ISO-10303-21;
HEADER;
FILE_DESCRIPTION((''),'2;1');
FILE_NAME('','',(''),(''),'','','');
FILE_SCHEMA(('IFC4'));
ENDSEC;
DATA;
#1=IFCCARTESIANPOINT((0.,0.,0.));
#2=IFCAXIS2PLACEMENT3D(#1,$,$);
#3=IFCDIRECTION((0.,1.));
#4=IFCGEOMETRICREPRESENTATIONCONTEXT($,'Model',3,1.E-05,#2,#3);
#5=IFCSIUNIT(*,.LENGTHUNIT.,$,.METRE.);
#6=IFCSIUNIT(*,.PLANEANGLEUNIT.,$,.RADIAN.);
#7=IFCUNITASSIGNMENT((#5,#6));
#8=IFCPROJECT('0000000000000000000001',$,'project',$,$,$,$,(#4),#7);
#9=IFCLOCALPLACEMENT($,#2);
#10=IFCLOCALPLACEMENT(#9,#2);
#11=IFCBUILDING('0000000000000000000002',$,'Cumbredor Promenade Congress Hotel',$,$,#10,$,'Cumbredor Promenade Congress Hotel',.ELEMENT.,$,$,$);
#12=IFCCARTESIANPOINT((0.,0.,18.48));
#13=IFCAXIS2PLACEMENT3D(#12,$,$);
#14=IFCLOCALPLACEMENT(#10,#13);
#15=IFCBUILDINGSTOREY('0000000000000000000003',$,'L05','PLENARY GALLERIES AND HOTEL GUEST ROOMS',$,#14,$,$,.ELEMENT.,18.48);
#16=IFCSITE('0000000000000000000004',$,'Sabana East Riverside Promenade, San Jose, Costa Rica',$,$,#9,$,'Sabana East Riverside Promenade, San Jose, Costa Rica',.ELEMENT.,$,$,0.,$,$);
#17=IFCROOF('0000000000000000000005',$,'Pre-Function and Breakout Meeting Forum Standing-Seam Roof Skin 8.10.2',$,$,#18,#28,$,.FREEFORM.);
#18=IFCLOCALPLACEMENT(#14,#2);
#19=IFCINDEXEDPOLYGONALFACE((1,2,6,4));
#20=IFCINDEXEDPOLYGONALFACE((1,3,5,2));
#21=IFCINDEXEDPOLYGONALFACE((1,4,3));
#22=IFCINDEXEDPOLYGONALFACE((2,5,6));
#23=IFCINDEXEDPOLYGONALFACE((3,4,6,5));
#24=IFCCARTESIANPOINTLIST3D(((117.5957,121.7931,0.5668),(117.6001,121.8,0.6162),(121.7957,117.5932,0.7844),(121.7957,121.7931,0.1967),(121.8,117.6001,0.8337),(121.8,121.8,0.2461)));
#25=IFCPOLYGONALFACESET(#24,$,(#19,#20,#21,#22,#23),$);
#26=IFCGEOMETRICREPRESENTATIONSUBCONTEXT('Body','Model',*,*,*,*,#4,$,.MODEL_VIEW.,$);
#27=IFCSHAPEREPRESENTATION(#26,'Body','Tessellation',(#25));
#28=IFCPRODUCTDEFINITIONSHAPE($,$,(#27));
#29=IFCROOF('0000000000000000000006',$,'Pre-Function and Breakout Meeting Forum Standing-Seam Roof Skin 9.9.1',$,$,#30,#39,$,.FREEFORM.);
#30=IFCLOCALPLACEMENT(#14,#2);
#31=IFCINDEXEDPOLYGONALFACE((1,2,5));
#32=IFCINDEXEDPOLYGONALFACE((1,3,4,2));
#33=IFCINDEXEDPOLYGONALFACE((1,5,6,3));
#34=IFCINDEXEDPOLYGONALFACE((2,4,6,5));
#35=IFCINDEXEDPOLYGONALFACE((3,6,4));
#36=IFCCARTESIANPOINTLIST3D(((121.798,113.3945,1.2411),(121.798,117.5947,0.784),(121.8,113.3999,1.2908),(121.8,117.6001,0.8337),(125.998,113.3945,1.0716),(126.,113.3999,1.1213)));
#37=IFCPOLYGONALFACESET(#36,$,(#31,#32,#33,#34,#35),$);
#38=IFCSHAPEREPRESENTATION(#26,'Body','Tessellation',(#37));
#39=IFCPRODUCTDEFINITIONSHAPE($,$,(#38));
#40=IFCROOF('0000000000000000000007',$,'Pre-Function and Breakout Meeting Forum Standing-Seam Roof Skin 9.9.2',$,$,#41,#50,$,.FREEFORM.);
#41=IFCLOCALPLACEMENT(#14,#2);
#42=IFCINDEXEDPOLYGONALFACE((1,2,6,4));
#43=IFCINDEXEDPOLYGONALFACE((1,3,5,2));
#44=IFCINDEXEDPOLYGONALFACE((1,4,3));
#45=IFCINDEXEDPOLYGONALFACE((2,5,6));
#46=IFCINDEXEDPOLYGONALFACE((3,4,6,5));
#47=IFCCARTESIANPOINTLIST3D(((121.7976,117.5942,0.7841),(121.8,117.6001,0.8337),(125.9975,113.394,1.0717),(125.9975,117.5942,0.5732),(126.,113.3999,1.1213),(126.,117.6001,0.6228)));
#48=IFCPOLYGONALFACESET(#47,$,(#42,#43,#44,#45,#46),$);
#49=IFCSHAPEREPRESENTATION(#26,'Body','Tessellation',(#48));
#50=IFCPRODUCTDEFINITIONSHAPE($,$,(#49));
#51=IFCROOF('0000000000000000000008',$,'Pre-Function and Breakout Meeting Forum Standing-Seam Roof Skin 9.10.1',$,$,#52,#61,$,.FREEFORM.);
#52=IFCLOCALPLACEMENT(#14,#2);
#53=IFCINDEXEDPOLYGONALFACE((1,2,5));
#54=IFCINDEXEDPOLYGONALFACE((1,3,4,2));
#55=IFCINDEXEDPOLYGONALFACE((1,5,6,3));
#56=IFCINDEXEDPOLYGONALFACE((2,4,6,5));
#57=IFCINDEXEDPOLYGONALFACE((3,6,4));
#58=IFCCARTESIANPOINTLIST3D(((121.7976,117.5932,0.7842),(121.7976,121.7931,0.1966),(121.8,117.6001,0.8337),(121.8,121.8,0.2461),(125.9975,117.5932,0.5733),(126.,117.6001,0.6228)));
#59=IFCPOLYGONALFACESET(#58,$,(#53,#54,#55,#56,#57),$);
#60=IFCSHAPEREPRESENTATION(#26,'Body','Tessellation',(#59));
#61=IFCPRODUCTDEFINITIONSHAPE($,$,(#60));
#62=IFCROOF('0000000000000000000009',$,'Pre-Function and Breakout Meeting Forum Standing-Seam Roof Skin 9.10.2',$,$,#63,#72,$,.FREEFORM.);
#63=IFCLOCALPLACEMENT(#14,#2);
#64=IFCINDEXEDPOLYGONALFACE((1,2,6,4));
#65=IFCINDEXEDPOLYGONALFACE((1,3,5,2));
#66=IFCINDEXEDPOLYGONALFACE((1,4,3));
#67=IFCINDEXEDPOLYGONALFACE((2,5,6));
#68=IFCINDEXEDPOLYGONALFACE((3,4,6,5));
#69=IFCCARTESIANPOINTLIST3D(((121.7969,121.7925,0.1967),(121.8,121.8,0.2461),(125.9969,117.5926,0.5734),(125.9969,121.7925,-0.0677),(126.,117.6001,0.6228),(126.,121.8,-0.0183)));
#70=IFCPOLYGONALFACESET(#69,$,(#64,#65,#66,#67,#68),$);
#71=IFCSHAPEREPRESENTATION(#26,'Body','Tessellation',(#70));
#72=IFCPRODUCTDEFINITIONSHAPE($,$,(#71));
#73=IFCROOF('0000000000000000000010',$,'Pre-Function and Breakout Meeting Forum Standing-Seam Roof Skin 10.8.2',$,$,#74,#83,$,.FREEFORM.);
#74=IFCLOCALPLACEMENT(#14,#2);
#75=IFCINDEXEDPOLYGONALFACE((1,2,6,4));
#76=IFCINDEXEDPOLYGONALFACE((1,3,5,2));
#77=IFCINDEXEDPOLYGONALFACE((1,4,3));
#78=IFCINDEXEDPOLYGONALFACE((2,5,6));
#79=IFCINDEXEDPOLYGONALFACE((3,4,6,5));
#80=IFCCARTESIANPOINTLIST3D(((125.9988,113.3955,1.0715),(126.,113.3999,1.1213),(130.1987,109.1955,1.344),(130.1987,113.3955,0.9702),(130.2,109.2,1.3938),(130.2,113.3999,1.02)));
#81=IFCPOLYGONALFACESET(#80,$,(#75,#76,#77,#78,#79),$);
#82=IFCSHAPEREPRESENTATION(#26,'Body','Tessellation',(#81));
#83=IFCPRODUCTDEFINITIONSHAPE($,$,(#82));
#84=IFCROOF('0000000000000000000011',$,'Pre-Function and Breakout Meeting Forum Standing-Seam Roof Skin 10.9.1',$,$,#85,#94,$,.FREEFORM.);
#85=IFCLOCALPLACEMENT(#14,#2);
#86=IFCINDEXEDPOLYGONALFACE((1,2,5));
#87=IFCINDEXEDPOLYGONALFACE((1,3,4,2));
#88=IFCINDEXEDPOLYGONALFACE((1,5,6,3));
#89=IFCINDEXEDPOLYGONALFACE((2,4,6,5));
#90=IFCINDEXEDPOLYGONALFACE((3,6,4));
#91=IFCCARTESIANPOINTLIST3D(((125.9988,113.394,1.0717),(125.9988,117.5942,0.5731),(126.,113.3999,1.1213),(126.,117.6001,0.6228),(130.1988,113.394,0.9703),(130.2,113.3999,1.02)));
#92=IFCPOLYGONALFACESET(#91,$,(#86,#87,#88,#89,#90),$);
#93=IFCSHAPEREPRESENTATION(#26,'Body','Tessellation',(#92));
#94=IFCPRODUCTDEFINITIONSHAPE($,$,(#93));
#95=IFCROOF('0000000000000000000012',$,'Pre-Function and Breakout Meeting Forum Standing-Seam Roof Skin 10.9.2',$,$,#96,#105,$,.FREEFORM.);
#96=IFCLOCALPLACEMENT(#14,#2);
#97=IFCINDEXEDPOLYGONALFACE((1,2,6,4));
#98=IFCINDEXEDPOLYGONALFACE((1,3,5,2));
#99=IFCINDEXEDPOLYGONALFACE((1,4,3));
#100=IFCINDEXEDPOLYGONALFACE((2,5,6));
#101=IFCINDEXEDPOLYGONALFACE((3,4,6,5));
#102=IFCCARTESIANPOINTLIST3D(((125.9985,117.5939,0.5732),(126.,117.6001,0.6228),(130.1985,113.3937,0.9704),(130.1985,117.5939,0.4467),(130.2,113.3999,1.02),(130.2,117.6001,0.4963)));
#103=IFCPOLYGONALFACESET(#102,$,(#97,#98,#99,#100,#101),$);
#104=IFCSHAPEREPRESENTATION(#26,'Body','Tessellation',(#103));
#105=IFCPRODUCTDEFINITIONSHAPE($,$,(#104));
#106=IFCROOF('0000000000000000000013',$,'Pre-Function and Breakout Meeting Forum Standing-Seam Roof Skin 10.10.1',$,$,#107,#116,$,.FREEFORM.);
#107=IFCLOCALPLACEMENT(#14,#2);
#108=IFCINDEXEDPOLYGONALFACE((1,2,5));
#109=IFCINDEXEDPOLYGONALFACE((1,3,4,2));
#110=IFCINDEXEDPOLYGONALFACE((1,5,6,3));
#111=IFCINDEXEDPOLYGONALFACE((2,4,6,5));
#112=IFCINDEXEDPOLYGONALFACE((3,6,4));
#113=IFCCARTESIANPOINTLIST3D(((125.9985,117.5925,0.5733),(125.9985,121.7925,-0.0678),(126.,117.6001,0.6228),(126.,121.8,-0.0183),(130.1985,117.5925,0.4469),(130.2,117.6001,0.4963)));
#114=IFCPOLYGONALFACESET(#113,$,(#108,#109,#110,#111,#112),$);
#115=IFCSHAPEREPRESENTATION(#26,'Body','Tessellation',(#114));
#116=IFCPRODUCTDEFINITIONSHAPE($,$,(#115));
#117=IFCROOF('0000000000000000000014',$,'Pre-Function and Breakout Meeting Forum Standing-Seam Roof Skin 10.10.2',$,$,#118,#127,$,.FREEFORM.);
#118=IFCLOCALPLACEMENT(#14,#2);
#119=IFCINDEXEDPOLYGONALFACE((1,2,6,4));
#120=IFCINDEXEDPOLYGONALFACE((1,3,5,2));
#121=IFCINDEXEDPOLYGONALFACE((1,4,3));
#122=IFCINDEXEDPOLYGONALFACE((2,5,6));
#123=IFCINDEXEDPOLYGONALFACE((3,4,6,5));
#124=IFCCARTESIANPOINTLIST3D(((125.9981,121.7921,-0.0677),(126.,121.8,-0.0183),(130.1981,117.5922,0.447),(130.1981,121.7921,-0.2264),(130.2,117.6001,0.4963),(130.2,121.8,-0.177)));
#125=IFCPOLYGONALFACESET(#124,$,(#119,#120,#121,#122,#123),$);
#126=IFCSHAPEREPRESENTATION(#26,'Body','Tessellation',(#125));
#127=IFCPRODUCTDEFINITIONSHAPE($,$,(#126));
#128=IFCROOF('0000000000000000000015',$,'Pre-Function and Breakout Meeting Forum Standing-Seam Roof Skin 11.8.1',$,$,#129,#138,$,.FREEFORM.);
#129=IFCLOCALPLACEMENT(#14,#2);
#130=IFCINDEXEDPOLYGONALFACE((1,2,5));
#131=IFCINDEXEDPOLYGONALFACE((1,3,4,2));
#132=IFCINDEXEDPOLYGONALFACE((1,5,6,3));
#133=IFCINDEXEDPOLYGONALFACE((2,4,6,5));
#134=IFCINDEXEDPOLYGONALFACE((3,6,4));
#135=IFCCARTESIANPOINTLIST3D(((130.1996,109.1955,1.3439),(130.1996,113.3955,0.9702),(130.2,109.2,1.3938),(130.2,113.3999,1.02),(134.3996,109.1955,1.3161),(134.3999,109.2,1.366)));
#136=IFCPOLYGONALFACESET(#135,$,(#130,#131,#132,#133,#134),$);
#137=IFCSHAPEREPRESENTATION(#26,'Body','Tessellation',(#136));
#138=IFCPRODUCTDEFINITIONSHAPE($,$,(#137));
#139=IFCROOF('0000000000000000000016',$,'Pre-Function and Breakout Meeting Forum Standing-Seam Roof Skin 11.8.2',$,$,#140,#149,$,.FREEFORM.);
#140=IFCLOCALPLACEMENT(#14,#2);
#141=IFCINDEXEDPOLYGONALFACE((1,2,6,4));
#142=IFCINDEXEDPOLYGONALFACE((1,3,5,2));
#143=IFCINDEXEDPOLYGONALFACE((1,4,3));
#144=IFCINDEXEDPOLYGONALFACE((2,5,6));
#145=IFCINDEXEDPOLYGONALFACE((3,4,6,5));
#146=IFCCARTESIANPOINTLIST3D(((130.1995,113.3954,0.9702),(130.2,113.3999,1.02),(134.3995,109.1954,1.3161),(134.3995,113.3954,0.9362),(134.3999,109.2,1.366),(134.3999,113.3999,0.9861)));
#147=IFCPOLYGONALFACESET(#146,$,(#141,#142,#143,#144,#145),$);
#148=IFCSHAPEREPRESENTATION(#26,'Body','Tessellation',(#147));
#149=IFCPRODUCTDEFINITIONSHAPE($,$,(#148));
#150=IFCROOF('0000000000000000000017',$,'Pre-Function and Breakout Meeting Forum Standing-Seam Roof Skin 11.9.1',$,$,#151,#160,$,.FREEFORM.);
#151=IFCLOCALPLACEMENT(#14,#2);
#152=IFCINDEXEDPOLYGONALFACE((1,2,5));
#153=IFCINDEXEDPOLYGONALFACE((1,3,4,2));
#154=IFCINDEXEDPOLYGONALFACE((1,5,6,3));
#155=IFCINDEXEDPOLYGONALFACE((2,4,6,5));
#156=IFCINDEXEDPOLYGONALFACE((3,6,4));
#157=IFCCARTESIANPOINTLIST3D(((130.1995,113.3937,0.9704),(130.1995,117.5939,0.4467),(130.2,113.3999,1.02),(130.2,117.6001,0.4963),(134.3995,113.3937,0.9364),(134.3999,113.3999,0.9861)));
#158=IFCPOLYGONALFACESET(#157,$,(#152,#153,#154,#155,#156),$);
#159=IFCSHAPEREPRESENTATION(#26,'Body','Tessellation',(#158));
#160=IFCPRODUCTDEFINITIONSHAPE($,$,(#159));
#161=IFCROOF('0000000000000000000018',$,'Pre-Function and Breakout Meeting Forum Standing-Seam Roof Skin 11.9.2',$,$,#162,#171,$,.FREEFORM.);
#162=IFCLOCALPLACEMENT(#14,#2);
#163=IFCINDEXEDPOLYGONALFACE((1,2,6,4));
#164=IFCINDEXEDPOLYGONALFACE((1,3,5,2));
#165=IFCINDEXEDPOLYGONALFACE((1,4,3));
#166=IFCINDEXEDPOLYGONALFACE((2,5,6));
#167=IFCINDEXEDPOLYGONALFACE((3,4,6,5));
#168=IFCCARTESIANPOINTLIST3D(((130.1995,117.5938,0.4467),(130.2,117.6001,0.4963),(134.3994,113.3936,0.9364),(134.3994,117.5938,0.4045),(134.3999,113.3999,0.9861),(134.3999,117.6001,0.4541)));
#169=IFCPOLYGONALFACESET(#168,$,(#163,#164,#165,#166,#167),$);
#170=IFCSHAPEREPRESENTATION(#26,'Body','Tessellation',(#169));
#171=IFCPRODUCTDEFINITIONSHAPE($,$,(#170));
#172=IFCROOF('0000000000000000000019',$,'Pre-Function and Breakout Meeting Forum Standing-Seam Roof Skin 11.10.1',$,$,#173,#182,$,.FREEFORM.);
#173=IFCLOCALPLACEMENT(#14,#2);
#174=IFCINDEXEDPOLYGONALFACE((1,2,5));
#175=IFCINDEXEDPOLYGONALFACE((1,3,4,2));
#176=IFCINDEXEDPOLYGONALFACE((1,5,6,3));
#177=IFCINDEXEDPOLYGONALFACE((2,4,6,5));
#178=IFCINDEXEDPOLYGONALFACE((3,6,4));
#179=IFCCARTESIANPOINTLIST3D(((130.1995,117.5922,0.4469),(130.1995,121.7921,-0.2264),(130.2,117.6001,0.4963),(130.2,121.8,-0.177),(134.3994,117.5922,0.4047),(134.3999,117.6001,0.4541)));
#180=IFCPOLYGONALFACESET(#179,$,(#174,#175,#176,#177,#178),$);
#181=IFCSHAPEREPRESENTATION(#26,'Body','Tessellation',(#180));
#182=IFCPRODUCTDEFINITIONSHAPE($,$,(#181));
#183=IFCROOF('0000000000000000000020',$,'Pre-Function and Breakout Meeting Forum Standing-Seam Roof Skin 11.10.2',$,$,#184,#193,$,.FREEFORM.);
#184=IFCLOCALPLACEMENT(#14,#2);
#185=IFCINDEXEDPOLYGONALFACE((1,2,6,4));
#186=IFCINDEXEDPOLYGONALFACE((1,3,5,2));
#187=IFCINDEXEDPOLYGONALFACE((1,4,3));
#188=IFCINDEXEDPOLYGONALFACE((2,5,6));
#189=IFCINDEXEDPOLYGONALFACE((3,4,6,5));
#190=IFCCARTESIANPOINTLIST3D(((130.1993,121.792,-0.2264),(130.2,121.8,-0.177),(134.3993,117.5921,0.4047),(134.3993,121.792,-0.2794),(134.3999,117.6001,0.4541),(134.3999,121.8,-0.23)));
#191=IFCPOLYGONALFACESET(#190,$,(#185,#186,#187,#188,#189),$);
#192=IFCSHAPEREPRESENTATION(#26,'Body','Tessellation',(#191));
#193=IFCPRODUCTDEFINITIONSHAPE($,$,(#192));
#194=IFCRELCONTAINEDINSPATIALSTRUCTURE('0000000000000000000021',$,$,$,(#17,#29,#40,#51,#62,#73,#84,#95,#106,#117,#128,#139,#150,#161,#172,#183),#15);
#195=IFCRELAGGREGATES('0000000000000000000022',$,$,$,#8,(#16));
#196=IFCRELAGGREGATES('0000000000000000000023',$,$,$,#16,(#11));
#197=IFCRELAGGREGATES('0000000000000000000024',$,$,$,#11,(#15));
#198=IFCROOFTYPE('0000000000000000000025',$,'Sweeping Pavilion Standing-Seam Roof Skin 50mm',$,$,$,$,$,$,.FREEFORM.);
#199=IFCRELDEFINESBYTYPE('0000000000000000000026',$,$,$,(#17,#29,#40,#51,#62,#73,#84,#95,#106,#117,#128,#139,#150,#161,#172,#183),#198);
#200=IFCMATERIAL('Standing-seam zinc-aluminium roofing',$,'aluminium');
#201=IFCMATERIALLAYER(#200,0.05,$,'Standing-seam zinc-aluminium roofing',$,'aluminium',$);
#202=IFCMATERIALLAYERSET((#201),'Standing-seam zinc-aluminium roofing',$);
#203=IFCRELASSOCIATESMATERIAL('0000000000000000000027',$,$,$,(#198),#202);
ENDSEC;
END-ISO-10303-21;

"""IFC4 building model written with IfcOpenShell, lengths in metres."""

from ifc_helpers import new_model, si_unit, direction, frame, origin, place, context, subcontext, project, spatial, polyline, outline, extrude, material, layer, layer_set, type_object, element, save


model = new_model("IFC4")

# Units and contexts
model_context = context("Model", 3, precision=1e-05, world=origin(), true_north=direction((0.0, 1.0)))
body_context = subcontext(model_context, "Body", "Model", "MODEL_VIEW")
ifc_project = project(units=[si_unit("LENGTHUNIT", "METRE"), si_unit("PLANEANGLEUNIT", "RADIAN")], contexts=[model_context])

# Site, building, storey
site_placement = place(None, origin())
site = spatial("IfcSite", under=ifc_project, at=site_placement, Name="Sabana East Riverside Promenade, San Jose, Costa Rica", LongName="Sabana East Riverside Promenade, San Jose, Costa Rica", CompositionType="ELEMENT", RefElevation=0.0)
building_placement = place(site_placement, origin())
building = spatial("IfcBuilding", under=site, at=building_placement, Name="Cumbredor Promenade Congress Hotel", LongName="Cumbredor Promenade Congress Hotel", CompositionType="ELEMENT")
storey_placement = place(building_placement, frame((0.0, 0.0, 18.48)))
storey = spatial("IfcBuildingStorey", under=building, at=storey_placement, Name="L05", Description="PLENARY GALLERIES AND HOTEL GUEST ROOMS", CompositionType="ELEMENT", Elevation=18.48)

# Roofs
ifc_material_1 = material(Name="Standing-seam zinc-aluminium roofing", Category="aluminium")
ifc_layer_1 = layer(ifc_material_1, 0.05, Name="Standing-seam zinc-aluminium roofing", Category="aluminium")
ifc_layer_set_1 = layer_set([ifc_layer_1], Name="Standing-seam zinc-aluminium roofing")
roof_type = type_object("IfcRoofType", Name="Sweeping Pavilion Standing-Seam Roof Skin 50mm", PredefinedType="FREEFORM", material=ifc_layer_set_1)
roof_1_placement = place(storey_placement, frame((121.8, 117.6001, 0.8337), z_axis=(0.086944, 0.138043, 0.986603), x_axis=(0.0, 0.990353, -0.138568)))
element("IfcRoof", 1, at=roof_1_placement, inside=storey, type_object=roof_type, Name="Pre-Function and Breakout Meeting Forum Standing-Seam Roof Skin 8.10.2", PredefinedType="FREEFORM", context=body_context, shape_type="SweptSolid", body=[
    extrude(outline(polyline([(0.0, 0.0), (4.2409, 0.0), (4.1896, 4.2159), (0.0, 0.0)])), origin(), (0.0, 0.0, -1.0), 0.05),
])
roof_2_placement = place(storey_placement, frame((121.8, 113.3999, 1.2908), z_axis=(0.040073, 0.108087, 0.993334), x_axis=(0.999187, 0.0, -0.040309)))
element("IfcRoof", 2, at=roof_2_placement, inside=storey, type_object=roof_type, Name="Pre-Function and Breakout Meeting Forum Standing-Seam Roof Skin 9.9.1", PredefinedType="FREEFORM", context=body_context, shape_type="SweptSolid", body=[
    extrude(outline(polyline([(0.0, 0.0), (4.2034, 0.0), (0.0184, 4.2249), (0.0, 0.0)])), origin(), (0.0, 0.0, -1.0), 0.05),
])
roof_3_placement = place(storey_placement, frame((126.0, 113.3999, 1.1213), z_axis=(0.049812, 0.11772, 0.991797), x_axis=(0.0, 0.99303, -0.117866)))
element("IfcRoof", 3, at=roof_3_placement, inside=storey, type_object=roof_type, Name="Pre-Function and Breakout Meeting Forum Standing-Seam Roof Skin 9.9.2", PredefinedType="FREEFORM", context=body_context, shape_type="SweptSolid", body=[
    extrude(outline(polyline([(0.0, 0.0), (4.2297, 0.0), (4.2048, 4.2052), (0.0, 0.0)])), origin(), (0.0, 0.0, -1.0), 0.05),
])
roof_4_placement = place(storey_placement, frame((121.8, 117.6001, 0.8337), z_axis=(0.049678, 0.138397, 0.98913), x_axis=(0.998741, 0.0, -0.050161)))
element("IfcRoof", 4, at=roof_4_placement, inside=storey, type_object=roof_type, Name="Pre-Function and Breakout Meeting Forum Standing-Seam Roof Skin 9.10.1", PredefinedType="FREEFORM", context=body_context, shape_type="SweptSolid", body=[
    extrude(outline(polyline([(0.0, 0.0), (4.2052, 0.0), (0.0295, 4.2408), (0.0, 0.0)])), origin(), (0.0, 0.0, -1.0), 0.05),
])
roof_5_placement = place(storey_placement, frame((126.0, 117.6001, 0.6228), z_axis=(0.062113, 0.150608, 0.98664), x_axis=(0.0, 0.988549, -0.1509)))
element("IfcRoof", 5, at=roof_5_placement, inside=storey, type_object=roof_type, Name="Pre-Function and Breakout Meeting Forum Standing-Seam Roof Skin 9.10.2", PredefinedType="FREEFORM", context=body_context, shape_type="SweptSolid", body=[
    extrude(outline(polyline([(0.0, 0.0), (4.2486, 0.0), (4.2087, 4.2081), (0.0, 0.0)])), origin(), (0.0, 0.0, -1.0), 0.05),
])
roof_6_placement = place(storey_placement, frame((130.2, 109.2, 1.3938), z_axis=(0.024022, 0.08862, 0.995776), x_axis=(0.0, 0.996063, -0.088646)))
element("IfcRoof", 6, at=roof_6_placement, inside=storey, type_object=roof_type, Name="Pre-Function and Breakout Meeting Forum Standing-Seam Roof Skin 10.8.2", PredefinedType="FREEFORM", context=body_context, shape_type="SweptSolid", body=[
    extrude(outline(polyline([(0.0, 0.0), (4.2166, 0.0), (4.2076, 4.2012), (0.0, 0.0)])), origin(), (0.0, 0.0, -1.0), 0.05),
])
roof_7_placement = place(storey_placement, frame((126.0, 113.3999, 1.1213), z_axis=(0.023949, 0.117832, 0.992745), x_axis=(0.999709, 0.0, -0.024117)))
element("IfcRoof", 7, at=roof_7_placement, inside=storey, type_object=roof_type, Name="Pre-Function and Breakout Meeting Forum Standing-Seam Roof Skin 10.9.1", PredefinedType="FREEFORM", context=body_context, shape_type="SweptSolid", body=[
    extrude(outline(polyline([(0.0, 0.0), (4.2012, 0.0), (0.012, 4.2297), (0.0, 0.0)])), origin(), (0.0, 0.0, -1.0), 0.05),
])
roof_8_placement = place(storey_placement, frame((130.2, 113.3999, 1.02), z_axis=(0.029866, 0.123667, 0.991874), x_axis=(0.0, 0.992317, -0.123722)))
element("IfcRoof", 8, at=roof_8_placement, inside=storey, type_object=roof_type, Name="Pre-Function and Breakout Meeting Forum Standing-Seam Roof Skin 10.9.2", PredefinedType="FREEFORM", context=body_context, shape_type="SweptSolid", body=[
    extrude(outline(polyline([(0.0, 0.0), (4.2327, 0.0), (4.2171, 4.2018), (0.0, 0.0)])), origin(), (0.0, 0.0, -1.0), 0.05),
])
roof_9_placement = place(storey_placement, frame((126.0, 117.6001, 0.6228), z_axis=(0.029753, 0.150833, 0.988111), x_axis=(0.999547, 0.0, -0.030097)))
element("IfcRoof", 9, at=roof_9_placement, inside=storey, type_object=roof_type, Name="Pre-Function and Breakout Meeting Forum Standing-Seam Roof Skin 10.10.1", PredefinedType="FREEFORM", context=body_context, shape_type="SweptSolid", body=[
    extrude(outline(polyline([(0.0, 0.0), (4.2019, 0.0), (0.0193, 4.2486), (0.0, 0.0)])), origin(), (0.0, 0.0, -1.0), 0.05),
])
roof_10_placement = place(storey_placement, frame((130.2, 117.6001, 0.4963), z_axis=(0.037282, 0.158189, 0.986705), x_axis=(0.0, 0.987391, -0.158299)))
element("IfcRoof", 10, at=roof_10_placement, inside=storey, type_object=roof_type, Name="Pre-Function and Breakout Meeting Forum Standing-Seam Roof Skin 10.10.2", PredefinedType="FREEFORM", context=body_context, shape_type="SweptSolid", body=[
    extrude(outline(polyline([(0.0, 0.0), (4.2536, 0.0), (4.2285, 4.2029), (0.0, 0.0)])), origin(), (0.0, 0.0, -1.0), 0.05),
])
roof_11_placement = place(storey_placement, frame((130.2, 109.2, 1.3938), z_axis=(0.006601, 0.088644, 0.996042), x_axis=(0.999978, 0.0, -0.006627)))
element("IfcRoof", 11, at=roof_11_placement, inside=storey, type_object=roof_type, Name="Pre-Function and Breakout Meeting Forum Standing-Seam Roof Skin 11.8.1", PredefinedType="FREEFORM", context=body_context, shape_type="SweptSolid", body=[
    extrude(outline(polyline([(0.0, 0.0), (4.2, 0.0), (0.0025, 4.2166), (0.0, 0.0)])), origin(), (0.0, 0.0, -1.0), 0.05),
])
roof_12_placement = place(storey_placement, frame((134.3999, 109.2, 1.366), z_axis=(0.008047, 0.090079, 0.995902), x_axis=(0.0, 0.995934, -0.090082)))
element("IfcRoof", 12, at=roof_12_placement, inside=storey, type_object=roof_type, Name="Pre-Function and Breakout Meeting Forum Standing-Seam Roof Skin 11.8.2", PredefinedType="FREEFORM", context=body_context, shape_type="SweptSolid", body=[
    extrude(outline(polyline([(0.0, 0.0), (4.2171, 0.0), (4.214, 4.2001), (0.0, 0.0)])), origin(), (0.0, 0.0, -1.0), 0.05),
])
roof_13_placement = place(storey_placement, frame((130.2, 113.3999, 1.02), z_axis=(0.008018, 0.123718, 0.992285), x_axis=(0.999967, 0.0, -0.00808)))
element("IfcRoof", 13, at=roof_13_placement, inside=storey, type_object=roof_type, Name="Pre-Function and Breakout Meeting Forum Standing-Seam Roof Skin 11.9.1", PredefinedType="FREEFORM", context=body_context, shape_type="SweptSolid", body=[
    extrude(outline(polyline([(0.0, 0.0), (4.2001, 0.0), (0.0042, 4.2327), (0.0, 0.0)])), origin(), (0.0, 0.0, -1.0), 0.05),
])
roof_14_placement = place(storey_placement, frame((134.3999, 113.3999, 0.9861), z_axis=(0.009976, 0.125646, 0.992025), x_axis=(0.0, 0.992074, -0.125653)))
element("IfcRoof", 14, at=roof_14_placement, inside=storey, type_object=roof_type, Name="Pre-Function and Breakout Meeting Forum Standing-Seam Roof Skin 11.9.2", PredefinedType="FREEFORM", context=body_context, shape_type="SweptSolid", body=[
    extrude(outline(polyline([(0.0, 0.0), (4.2338, 0.0), (4.2284, 4.2002), (0.0, 0.0)])), origin(), (0.0, 0.0, -1.0), 0.05),
])
roof_15_placement = place(storey_placement, frame((130.2, 117.6001, 0.4963), z_axis=(0.009929, 0.158292, 0.987342), x_axis=(0.999949, 0.0, -0.010056)))
element("IfcRoof", 15, at=roof_15_placement, inside=storey, type_object=roof_type, Name="Pre-Function and Breakout Meeting Forum Standing-Seam Roof Skin 11.10.1", PredefinedType="FREEFORM", context=body_context, shape_type="SweptSolid", body=[
    extrude(outline(polyline([(0.0, 0.0), (4.2002, 0.0), (0.0068, 4.2536), (0.0, 0.0)])), origin(), (0.0, 0.0, -1.0), 0.05),
])
roof_16_placement = place(storey_placement, frame((134.3999, 117.6001, 0.4541), z_axis=(0.012449, 0.160748, 0.986917), x_axis=(0.0, 0.986994, -0.16076)))
element("IfcRoof", 16, at=roof_16_placement, inside=storey, type_object=roof_type, Name="Pre-Function and Breakout Meeting Forum Standing-Seam Roof Skin 11.10.2", PredefinedType="FREEFORM", context=body_context, shape_type="SweptSolid", body=[
    extrude(outline(polyline([(0.0, 0.0), (4.2553, 0.0), (4.2468, 4.2003), (0.0, 0.0)])), origin(), (0.0, 0.0, -1.0), 0.05),
])

save(model, "model.ifc")
